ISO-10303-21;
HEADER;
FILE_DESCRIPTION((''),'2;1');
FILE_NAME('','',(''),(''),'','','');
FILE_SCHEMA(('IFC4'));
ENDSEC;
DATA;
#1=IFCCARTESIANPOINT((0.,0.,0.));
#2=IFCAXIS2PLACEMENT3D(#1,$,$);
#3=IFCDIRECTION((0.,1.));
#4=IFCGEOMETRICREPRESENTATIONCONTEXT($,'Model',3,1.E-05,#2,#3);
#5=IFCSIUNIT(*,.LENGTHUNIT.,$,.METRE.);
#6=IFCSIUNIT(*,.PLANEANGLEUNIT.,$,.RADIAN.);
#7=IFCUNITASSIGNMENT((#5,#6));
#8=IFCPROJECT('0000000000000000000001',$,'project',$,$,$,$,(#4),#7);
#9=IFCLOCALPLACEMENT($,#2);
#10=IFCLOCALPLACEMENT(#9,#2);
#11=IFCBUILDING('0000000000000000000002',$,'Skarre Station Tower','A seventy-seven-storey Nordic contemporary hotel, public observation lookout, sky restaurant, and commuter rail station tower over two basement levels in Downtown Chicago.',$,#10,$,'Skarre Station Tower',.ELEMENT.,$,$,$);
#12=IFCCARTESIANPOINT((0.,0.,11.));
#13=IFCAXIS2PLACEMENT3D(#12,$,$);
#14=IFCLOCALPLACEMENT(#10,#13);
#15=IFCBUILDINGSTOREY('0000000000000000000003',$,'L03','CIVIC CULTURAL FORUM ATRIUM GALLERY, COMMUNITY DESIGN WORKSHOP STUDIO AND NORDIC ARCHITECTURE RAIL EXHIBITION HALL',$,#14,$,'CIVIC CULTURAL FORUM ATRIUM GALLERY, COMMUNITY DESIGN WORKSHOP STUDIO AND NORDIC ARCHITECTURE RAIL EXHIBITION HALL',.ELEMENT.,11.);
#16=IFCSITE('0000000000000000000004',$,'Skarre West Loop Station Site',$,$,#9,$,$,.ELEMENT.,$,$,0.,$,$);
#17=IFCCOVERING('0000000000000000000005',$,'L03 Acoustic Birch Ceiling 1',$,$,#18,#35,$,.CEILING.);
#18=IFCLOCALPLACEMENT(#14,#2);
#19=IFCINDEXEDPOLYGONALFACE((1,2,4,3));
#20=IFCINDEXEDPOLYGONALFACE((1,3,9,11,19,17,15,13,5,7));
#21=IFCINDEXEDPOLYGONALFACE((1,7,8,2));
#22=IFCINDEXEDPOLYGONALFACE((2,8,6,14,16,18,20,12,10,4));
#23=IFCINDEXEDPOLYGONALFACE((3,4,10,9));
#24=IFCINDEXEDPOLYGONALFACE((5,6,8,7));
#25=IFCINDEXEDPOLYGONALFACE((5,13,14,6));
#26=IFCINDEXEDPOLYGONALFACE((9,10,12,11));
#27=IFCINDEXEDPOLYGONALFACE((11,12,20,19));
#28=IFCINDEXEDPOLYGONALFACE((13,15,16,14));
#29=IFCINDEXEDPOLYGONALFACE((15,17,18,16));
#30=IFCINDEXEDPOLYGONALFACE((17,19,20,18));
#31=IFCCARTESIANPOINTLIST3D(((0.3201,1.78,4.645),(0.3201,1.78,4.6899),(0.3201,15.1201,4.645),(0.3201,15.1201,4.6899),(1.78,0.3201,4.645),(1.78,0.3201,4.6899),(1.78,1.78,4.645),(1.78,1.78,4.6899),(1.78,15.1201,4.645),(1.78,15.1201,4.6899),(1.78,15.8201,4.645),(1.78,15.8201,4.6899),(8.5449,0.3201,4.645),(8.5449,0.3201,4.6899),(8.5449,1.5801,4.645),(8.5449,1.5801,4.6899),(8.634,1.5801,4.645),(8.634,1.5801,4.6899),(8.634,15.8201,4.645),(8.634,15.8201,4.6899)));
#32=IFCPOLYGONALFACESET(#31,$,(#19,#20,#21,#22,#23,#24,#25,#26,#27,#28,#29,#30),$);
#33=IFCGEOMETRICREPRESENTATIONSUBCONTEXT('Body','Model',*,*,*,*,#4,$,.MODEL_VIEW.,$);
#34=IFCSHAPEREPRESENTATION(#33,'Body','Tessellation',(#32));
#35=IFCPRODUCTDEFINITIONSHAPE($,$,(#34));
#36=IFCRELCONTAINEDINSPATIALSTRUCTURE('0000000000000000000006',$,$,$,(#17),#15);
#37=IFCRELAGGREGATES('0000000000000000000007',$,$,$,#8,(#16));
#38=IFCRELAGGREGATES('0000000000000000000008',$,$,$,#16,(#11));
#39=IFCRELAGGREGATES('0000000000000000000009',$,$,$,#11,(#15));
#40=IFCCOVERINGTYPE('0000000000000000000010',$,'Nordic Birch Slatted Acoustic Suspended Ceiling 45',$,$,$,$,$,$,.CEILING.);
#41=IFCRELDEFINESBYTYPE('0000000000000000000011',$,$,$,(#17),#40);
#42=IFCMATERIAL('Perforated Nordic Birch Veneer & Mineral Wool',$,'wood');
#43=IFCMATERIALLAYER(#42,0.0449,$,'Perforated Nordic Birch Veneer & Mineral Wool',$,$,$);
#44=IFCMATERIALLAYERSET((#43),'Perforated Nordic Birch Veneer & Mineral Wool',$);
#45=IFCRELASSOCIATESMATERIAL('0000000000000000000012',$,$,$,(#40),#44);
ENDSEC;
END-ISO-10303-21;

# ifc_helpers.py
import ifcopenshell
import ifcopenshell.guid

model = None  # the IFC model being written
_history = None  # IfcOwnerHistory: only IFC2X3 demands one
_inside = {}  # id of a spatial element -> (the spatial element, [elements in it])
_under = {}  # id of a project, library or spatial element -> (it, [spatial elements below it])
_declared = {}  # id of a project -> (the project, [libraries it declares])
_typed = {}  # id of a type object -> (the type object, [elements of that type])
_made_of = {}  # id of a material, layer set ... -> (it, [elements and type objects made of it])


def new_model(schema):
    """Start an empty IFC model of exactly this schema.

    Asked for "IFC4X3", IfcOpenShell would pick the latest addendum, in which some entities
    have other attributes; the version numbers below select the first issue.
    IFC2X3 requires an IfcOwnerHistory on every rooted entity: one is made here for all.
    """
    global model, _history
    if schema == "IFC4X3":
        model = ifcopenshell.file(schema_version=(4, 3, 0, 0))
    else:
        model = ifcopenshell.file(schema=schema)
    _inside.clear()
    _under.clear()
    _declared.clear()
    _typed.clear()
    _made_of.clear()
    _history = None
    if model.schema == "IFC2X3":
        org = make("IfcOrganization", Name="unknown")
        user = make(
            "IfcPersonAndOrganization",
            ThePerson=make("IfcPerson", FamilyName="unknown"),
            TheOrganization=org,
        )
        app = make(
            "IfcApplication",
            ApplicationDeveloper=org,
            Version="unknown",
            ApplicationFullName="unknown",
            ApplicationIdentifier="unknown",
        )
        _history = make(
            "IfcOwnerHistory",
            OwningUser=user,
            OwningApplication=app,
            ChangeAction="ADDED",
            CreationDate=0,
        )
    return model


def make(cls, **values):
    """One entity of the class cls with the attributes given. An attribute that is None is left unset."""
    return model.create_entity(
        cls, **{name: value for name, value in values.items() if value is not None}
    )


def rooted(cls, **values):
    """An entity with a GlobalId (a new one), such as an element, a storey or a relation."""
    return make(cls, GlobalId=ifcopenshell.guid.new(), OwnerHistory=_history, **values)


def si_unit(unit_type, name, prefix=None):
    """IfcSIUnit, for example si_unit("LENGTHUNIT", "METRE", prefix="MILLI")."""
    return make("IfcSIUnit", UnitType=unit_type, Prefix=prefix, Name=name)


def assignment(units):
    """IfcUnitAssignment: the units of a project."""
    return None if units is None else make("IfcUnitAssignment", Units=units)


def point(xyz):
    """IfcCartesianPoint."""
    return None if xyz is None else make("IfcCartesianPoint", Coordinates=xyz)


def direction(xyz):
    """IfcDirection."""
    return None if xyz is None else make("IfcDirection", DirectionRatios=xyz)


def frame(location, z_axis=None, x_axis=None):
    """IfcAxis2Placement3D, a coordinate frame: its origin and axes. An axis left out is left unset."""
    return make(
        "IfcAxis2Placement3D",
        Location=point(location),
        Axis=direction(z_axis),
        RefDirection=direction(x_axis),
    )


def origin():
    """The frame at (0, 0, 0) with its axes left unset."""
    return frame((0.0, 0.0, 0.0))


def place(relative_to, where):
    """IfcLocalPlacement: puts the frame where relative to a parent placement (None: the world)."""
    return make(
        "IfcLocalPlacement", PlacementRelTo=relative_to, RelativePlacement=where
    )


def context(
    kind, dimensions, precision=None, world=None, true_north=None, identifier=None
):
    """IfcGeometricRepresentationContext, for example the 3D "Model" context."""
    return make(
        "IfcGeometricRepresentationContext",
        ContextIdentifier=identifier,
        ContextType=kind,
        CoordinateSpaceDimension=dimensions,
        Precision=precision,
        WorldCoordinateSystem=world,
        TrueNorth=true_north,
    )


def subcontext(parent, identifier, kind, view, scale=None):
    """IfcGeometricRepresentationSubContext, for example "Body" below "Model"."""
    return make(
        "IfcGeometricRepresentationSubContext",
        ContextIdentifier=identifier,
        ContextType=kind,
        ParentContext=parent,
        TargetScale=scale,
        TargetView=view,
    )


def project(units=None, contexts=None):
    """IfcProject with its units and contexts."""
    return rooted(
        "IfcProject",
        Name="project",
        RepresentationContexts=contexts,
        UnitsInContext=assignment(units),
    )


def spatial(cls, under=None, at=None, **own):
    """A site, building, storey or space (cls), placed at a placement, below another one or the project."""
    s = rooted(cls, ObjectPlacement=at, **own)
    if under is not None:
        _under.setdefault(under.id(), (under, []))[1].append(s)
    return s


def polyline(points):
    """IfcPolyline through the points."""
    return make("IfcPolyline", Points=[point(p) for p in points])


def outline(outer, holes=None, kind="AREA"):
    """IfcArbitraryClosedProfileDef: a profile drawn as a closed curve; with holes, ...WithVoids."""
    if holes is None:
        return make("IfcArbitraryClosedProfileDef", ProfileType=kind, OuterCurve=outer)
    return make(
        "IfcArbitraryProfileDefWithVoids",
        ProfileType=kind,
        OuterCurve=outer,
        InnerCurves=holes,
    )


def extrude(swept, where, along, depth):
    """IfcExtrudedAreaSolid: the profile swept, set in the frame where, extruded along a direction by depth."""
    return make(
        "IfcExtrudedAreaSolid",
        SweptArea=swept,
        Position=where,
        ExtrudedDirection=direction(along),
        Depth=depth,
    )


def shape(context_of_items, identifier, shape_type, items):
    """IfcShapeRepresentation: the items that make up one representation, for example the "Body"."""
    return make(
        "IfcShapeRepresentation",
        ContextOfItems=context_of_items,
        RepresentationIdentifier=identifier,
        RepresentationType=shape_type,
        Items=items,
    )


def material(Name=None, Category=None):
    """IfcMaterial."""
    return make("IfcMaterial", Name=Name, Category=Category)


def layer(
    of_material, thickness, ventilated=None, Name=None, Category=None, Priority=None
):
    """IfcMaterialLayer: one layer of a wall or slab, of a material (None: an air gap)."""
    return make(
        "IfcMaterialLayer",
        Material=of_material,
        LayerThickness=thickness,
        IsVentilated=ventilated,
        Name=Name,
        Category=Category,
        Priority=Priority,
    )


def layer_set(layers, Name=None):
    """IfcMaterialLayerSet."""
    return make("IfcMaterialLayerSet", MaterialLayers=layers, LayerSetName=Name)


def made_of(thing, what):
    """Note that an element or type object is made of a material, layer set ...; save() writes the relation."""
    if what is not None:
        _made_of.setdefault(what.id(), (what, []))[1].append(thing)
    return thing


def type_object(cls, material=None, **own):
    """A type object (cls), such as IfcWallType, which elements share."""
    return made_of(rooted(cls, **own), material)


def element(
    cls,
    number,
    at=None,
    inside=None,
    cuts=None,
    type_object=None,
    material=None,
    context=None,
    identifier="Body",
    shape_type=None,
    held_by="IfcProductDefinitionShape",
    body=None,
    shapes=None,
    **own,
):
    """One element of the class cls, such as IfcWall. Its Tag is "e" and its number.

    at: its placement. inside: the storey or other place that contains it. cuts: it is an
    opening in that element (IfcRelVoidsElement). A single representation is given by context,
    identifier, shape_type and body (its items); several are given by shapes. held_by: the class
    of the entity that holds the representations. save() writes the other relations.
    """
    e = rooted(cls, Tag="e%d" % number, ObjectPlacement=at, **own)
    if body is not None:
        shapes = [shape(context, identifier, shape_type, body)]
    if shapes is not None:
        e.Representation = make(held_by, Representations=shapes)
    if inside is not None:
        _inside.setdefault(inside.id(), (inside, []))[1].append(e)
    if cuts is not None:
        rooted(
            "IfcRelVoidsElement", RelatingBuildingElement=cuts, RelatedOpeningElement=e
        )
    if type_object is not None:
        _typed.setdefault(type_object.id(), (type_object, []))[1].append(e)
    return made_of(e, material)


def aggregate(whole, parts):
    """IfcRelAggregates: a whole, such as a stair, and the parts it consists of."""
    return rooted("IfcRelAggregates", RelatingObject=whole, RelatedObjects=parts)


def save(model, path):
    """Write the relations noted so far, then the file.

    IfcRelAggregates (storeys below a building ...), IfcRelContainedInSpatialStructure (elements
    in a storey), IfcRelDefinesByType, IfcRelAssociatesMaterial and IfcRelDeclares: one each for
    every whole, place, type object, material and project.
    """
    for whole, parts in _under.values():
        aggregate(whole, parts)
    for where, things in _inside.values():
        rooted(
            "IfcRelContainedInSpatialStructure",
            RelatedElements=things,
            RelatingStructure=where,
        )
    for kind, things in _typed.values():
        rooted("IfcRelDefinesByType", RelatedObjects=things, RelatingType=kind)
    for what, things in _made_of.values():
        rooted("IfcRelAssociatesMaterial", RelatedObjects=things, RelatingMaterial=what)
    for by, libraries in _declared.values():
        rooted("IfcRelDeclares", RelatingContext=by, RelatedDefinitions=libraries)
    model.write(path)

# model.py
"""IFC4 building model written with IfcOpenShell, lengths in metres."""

from ifc_helpers import new_model, si_unit, direction, frame, origin, place, context, subcontext, project, spatial, polyline, outline, extrude, material, layer, layer_set, type_object, element, save


model = new_model("IFC4")

# Units and contexts
model_context = context("Model", 3, precision=1e-05, world=origin(), true_north=direction((0.0, 1.0)))
body_context = subcontext(model_context, "Body", "Model", "MODEL_VIEW")
ifc_project = project(units=[si_unit("LENGTHUNIT", "METRE"), si_unit("PLANEANGLEUNIT", "RADIAN")], contexts=[model_context])

# Site, building, storey
site_placement = place(None, origin())
site = spatial("IfcSite", under=ifc_project, at=site_placement, Name="Skarre West Loop Station Site", CompositionType="ELEMENT", RefElevation=0.0)
building_placement = place(site_placement, origin())
building = spatial("IfcBuilding", under=site, at=building_placement, Name="Skarre Station Tower", Description="A seventy-seven-storey Nordic contemporary hotel, public observation lookout, sky restaurant, and commuter rail station tower over two basement levels in Downtown Chicago.", LongName="Skarre Station Tower", CompositionType="ELEMENT")
storey_placement = place(building_placement, frame((0.0, 0.0, 11.0)))
storey = spatial("IfcBuildingStorey", under=building, at=storey_placement, Name="L03", Description="CIVIC CULTURAL FORUM ATRIUM GALLERY, COMMUNITY DESIGN WORKSHOP STUDIO AND NORDIC ARCHITECTURE RAIL EXHIBITION HALL", LongName="CIVIC CULTURAL FORUM ATRIUM GALLERY, COMMUNITY DESIGN WORKSHOP STUDIO AND NORDIC ARCHITECTURE RAIL EXHIBITION HALL", CompositionType="ELEMENT", Elevation=11.0)

# Covering
ifc_material_1 = material(Name="Perforated Nordic Birch Veneer & Mineral Wool", Category="wood")
ifc_layer_1 = layer(ifc_material_1, 0.0449, Name="Perforated Nordic Birch Veneer & Mineral Wool")
ifc_layer_set_1 = layer_set([ifc_layer_1], Name="Perforated Nordic Birch Veneer & Mineral Wool")
covering_type_1 = type_object("IfcCoveringType", Name="Nordic Birch Slatted Acoustic Suspended Ceiling 45", PredefinedType="CEILING", material=ifc_layer_set_1)
covering_1_placement = place(storey_placement, frame((0.0, 0.0, 4.645)))
element("IfcCovering", 1, at=covering_1_placement, inside=storey, type_object=covering_type_1, Name="L03 Acoustic Birch Ceiling 1", PredefinedType="CEILING", context=body_context, shape_type="SweptSolid", body=[
    extrude(outline(polyline([(1.78, 0.3201), (8.5449, 0.3201), (8.5449, 1.5801), (8.634, 1.5801), (8.634, 15.8201), (1.78, 15.8201), (1.78, 15.1201), (0.3201, 15.1201), (0.3201, 1.78), (1.78, 1.78), (1.78, 0.3201)])), origin(), (0.0, 0.0, 1.0), 0.0449),
])

save(model, "model.ifc")
